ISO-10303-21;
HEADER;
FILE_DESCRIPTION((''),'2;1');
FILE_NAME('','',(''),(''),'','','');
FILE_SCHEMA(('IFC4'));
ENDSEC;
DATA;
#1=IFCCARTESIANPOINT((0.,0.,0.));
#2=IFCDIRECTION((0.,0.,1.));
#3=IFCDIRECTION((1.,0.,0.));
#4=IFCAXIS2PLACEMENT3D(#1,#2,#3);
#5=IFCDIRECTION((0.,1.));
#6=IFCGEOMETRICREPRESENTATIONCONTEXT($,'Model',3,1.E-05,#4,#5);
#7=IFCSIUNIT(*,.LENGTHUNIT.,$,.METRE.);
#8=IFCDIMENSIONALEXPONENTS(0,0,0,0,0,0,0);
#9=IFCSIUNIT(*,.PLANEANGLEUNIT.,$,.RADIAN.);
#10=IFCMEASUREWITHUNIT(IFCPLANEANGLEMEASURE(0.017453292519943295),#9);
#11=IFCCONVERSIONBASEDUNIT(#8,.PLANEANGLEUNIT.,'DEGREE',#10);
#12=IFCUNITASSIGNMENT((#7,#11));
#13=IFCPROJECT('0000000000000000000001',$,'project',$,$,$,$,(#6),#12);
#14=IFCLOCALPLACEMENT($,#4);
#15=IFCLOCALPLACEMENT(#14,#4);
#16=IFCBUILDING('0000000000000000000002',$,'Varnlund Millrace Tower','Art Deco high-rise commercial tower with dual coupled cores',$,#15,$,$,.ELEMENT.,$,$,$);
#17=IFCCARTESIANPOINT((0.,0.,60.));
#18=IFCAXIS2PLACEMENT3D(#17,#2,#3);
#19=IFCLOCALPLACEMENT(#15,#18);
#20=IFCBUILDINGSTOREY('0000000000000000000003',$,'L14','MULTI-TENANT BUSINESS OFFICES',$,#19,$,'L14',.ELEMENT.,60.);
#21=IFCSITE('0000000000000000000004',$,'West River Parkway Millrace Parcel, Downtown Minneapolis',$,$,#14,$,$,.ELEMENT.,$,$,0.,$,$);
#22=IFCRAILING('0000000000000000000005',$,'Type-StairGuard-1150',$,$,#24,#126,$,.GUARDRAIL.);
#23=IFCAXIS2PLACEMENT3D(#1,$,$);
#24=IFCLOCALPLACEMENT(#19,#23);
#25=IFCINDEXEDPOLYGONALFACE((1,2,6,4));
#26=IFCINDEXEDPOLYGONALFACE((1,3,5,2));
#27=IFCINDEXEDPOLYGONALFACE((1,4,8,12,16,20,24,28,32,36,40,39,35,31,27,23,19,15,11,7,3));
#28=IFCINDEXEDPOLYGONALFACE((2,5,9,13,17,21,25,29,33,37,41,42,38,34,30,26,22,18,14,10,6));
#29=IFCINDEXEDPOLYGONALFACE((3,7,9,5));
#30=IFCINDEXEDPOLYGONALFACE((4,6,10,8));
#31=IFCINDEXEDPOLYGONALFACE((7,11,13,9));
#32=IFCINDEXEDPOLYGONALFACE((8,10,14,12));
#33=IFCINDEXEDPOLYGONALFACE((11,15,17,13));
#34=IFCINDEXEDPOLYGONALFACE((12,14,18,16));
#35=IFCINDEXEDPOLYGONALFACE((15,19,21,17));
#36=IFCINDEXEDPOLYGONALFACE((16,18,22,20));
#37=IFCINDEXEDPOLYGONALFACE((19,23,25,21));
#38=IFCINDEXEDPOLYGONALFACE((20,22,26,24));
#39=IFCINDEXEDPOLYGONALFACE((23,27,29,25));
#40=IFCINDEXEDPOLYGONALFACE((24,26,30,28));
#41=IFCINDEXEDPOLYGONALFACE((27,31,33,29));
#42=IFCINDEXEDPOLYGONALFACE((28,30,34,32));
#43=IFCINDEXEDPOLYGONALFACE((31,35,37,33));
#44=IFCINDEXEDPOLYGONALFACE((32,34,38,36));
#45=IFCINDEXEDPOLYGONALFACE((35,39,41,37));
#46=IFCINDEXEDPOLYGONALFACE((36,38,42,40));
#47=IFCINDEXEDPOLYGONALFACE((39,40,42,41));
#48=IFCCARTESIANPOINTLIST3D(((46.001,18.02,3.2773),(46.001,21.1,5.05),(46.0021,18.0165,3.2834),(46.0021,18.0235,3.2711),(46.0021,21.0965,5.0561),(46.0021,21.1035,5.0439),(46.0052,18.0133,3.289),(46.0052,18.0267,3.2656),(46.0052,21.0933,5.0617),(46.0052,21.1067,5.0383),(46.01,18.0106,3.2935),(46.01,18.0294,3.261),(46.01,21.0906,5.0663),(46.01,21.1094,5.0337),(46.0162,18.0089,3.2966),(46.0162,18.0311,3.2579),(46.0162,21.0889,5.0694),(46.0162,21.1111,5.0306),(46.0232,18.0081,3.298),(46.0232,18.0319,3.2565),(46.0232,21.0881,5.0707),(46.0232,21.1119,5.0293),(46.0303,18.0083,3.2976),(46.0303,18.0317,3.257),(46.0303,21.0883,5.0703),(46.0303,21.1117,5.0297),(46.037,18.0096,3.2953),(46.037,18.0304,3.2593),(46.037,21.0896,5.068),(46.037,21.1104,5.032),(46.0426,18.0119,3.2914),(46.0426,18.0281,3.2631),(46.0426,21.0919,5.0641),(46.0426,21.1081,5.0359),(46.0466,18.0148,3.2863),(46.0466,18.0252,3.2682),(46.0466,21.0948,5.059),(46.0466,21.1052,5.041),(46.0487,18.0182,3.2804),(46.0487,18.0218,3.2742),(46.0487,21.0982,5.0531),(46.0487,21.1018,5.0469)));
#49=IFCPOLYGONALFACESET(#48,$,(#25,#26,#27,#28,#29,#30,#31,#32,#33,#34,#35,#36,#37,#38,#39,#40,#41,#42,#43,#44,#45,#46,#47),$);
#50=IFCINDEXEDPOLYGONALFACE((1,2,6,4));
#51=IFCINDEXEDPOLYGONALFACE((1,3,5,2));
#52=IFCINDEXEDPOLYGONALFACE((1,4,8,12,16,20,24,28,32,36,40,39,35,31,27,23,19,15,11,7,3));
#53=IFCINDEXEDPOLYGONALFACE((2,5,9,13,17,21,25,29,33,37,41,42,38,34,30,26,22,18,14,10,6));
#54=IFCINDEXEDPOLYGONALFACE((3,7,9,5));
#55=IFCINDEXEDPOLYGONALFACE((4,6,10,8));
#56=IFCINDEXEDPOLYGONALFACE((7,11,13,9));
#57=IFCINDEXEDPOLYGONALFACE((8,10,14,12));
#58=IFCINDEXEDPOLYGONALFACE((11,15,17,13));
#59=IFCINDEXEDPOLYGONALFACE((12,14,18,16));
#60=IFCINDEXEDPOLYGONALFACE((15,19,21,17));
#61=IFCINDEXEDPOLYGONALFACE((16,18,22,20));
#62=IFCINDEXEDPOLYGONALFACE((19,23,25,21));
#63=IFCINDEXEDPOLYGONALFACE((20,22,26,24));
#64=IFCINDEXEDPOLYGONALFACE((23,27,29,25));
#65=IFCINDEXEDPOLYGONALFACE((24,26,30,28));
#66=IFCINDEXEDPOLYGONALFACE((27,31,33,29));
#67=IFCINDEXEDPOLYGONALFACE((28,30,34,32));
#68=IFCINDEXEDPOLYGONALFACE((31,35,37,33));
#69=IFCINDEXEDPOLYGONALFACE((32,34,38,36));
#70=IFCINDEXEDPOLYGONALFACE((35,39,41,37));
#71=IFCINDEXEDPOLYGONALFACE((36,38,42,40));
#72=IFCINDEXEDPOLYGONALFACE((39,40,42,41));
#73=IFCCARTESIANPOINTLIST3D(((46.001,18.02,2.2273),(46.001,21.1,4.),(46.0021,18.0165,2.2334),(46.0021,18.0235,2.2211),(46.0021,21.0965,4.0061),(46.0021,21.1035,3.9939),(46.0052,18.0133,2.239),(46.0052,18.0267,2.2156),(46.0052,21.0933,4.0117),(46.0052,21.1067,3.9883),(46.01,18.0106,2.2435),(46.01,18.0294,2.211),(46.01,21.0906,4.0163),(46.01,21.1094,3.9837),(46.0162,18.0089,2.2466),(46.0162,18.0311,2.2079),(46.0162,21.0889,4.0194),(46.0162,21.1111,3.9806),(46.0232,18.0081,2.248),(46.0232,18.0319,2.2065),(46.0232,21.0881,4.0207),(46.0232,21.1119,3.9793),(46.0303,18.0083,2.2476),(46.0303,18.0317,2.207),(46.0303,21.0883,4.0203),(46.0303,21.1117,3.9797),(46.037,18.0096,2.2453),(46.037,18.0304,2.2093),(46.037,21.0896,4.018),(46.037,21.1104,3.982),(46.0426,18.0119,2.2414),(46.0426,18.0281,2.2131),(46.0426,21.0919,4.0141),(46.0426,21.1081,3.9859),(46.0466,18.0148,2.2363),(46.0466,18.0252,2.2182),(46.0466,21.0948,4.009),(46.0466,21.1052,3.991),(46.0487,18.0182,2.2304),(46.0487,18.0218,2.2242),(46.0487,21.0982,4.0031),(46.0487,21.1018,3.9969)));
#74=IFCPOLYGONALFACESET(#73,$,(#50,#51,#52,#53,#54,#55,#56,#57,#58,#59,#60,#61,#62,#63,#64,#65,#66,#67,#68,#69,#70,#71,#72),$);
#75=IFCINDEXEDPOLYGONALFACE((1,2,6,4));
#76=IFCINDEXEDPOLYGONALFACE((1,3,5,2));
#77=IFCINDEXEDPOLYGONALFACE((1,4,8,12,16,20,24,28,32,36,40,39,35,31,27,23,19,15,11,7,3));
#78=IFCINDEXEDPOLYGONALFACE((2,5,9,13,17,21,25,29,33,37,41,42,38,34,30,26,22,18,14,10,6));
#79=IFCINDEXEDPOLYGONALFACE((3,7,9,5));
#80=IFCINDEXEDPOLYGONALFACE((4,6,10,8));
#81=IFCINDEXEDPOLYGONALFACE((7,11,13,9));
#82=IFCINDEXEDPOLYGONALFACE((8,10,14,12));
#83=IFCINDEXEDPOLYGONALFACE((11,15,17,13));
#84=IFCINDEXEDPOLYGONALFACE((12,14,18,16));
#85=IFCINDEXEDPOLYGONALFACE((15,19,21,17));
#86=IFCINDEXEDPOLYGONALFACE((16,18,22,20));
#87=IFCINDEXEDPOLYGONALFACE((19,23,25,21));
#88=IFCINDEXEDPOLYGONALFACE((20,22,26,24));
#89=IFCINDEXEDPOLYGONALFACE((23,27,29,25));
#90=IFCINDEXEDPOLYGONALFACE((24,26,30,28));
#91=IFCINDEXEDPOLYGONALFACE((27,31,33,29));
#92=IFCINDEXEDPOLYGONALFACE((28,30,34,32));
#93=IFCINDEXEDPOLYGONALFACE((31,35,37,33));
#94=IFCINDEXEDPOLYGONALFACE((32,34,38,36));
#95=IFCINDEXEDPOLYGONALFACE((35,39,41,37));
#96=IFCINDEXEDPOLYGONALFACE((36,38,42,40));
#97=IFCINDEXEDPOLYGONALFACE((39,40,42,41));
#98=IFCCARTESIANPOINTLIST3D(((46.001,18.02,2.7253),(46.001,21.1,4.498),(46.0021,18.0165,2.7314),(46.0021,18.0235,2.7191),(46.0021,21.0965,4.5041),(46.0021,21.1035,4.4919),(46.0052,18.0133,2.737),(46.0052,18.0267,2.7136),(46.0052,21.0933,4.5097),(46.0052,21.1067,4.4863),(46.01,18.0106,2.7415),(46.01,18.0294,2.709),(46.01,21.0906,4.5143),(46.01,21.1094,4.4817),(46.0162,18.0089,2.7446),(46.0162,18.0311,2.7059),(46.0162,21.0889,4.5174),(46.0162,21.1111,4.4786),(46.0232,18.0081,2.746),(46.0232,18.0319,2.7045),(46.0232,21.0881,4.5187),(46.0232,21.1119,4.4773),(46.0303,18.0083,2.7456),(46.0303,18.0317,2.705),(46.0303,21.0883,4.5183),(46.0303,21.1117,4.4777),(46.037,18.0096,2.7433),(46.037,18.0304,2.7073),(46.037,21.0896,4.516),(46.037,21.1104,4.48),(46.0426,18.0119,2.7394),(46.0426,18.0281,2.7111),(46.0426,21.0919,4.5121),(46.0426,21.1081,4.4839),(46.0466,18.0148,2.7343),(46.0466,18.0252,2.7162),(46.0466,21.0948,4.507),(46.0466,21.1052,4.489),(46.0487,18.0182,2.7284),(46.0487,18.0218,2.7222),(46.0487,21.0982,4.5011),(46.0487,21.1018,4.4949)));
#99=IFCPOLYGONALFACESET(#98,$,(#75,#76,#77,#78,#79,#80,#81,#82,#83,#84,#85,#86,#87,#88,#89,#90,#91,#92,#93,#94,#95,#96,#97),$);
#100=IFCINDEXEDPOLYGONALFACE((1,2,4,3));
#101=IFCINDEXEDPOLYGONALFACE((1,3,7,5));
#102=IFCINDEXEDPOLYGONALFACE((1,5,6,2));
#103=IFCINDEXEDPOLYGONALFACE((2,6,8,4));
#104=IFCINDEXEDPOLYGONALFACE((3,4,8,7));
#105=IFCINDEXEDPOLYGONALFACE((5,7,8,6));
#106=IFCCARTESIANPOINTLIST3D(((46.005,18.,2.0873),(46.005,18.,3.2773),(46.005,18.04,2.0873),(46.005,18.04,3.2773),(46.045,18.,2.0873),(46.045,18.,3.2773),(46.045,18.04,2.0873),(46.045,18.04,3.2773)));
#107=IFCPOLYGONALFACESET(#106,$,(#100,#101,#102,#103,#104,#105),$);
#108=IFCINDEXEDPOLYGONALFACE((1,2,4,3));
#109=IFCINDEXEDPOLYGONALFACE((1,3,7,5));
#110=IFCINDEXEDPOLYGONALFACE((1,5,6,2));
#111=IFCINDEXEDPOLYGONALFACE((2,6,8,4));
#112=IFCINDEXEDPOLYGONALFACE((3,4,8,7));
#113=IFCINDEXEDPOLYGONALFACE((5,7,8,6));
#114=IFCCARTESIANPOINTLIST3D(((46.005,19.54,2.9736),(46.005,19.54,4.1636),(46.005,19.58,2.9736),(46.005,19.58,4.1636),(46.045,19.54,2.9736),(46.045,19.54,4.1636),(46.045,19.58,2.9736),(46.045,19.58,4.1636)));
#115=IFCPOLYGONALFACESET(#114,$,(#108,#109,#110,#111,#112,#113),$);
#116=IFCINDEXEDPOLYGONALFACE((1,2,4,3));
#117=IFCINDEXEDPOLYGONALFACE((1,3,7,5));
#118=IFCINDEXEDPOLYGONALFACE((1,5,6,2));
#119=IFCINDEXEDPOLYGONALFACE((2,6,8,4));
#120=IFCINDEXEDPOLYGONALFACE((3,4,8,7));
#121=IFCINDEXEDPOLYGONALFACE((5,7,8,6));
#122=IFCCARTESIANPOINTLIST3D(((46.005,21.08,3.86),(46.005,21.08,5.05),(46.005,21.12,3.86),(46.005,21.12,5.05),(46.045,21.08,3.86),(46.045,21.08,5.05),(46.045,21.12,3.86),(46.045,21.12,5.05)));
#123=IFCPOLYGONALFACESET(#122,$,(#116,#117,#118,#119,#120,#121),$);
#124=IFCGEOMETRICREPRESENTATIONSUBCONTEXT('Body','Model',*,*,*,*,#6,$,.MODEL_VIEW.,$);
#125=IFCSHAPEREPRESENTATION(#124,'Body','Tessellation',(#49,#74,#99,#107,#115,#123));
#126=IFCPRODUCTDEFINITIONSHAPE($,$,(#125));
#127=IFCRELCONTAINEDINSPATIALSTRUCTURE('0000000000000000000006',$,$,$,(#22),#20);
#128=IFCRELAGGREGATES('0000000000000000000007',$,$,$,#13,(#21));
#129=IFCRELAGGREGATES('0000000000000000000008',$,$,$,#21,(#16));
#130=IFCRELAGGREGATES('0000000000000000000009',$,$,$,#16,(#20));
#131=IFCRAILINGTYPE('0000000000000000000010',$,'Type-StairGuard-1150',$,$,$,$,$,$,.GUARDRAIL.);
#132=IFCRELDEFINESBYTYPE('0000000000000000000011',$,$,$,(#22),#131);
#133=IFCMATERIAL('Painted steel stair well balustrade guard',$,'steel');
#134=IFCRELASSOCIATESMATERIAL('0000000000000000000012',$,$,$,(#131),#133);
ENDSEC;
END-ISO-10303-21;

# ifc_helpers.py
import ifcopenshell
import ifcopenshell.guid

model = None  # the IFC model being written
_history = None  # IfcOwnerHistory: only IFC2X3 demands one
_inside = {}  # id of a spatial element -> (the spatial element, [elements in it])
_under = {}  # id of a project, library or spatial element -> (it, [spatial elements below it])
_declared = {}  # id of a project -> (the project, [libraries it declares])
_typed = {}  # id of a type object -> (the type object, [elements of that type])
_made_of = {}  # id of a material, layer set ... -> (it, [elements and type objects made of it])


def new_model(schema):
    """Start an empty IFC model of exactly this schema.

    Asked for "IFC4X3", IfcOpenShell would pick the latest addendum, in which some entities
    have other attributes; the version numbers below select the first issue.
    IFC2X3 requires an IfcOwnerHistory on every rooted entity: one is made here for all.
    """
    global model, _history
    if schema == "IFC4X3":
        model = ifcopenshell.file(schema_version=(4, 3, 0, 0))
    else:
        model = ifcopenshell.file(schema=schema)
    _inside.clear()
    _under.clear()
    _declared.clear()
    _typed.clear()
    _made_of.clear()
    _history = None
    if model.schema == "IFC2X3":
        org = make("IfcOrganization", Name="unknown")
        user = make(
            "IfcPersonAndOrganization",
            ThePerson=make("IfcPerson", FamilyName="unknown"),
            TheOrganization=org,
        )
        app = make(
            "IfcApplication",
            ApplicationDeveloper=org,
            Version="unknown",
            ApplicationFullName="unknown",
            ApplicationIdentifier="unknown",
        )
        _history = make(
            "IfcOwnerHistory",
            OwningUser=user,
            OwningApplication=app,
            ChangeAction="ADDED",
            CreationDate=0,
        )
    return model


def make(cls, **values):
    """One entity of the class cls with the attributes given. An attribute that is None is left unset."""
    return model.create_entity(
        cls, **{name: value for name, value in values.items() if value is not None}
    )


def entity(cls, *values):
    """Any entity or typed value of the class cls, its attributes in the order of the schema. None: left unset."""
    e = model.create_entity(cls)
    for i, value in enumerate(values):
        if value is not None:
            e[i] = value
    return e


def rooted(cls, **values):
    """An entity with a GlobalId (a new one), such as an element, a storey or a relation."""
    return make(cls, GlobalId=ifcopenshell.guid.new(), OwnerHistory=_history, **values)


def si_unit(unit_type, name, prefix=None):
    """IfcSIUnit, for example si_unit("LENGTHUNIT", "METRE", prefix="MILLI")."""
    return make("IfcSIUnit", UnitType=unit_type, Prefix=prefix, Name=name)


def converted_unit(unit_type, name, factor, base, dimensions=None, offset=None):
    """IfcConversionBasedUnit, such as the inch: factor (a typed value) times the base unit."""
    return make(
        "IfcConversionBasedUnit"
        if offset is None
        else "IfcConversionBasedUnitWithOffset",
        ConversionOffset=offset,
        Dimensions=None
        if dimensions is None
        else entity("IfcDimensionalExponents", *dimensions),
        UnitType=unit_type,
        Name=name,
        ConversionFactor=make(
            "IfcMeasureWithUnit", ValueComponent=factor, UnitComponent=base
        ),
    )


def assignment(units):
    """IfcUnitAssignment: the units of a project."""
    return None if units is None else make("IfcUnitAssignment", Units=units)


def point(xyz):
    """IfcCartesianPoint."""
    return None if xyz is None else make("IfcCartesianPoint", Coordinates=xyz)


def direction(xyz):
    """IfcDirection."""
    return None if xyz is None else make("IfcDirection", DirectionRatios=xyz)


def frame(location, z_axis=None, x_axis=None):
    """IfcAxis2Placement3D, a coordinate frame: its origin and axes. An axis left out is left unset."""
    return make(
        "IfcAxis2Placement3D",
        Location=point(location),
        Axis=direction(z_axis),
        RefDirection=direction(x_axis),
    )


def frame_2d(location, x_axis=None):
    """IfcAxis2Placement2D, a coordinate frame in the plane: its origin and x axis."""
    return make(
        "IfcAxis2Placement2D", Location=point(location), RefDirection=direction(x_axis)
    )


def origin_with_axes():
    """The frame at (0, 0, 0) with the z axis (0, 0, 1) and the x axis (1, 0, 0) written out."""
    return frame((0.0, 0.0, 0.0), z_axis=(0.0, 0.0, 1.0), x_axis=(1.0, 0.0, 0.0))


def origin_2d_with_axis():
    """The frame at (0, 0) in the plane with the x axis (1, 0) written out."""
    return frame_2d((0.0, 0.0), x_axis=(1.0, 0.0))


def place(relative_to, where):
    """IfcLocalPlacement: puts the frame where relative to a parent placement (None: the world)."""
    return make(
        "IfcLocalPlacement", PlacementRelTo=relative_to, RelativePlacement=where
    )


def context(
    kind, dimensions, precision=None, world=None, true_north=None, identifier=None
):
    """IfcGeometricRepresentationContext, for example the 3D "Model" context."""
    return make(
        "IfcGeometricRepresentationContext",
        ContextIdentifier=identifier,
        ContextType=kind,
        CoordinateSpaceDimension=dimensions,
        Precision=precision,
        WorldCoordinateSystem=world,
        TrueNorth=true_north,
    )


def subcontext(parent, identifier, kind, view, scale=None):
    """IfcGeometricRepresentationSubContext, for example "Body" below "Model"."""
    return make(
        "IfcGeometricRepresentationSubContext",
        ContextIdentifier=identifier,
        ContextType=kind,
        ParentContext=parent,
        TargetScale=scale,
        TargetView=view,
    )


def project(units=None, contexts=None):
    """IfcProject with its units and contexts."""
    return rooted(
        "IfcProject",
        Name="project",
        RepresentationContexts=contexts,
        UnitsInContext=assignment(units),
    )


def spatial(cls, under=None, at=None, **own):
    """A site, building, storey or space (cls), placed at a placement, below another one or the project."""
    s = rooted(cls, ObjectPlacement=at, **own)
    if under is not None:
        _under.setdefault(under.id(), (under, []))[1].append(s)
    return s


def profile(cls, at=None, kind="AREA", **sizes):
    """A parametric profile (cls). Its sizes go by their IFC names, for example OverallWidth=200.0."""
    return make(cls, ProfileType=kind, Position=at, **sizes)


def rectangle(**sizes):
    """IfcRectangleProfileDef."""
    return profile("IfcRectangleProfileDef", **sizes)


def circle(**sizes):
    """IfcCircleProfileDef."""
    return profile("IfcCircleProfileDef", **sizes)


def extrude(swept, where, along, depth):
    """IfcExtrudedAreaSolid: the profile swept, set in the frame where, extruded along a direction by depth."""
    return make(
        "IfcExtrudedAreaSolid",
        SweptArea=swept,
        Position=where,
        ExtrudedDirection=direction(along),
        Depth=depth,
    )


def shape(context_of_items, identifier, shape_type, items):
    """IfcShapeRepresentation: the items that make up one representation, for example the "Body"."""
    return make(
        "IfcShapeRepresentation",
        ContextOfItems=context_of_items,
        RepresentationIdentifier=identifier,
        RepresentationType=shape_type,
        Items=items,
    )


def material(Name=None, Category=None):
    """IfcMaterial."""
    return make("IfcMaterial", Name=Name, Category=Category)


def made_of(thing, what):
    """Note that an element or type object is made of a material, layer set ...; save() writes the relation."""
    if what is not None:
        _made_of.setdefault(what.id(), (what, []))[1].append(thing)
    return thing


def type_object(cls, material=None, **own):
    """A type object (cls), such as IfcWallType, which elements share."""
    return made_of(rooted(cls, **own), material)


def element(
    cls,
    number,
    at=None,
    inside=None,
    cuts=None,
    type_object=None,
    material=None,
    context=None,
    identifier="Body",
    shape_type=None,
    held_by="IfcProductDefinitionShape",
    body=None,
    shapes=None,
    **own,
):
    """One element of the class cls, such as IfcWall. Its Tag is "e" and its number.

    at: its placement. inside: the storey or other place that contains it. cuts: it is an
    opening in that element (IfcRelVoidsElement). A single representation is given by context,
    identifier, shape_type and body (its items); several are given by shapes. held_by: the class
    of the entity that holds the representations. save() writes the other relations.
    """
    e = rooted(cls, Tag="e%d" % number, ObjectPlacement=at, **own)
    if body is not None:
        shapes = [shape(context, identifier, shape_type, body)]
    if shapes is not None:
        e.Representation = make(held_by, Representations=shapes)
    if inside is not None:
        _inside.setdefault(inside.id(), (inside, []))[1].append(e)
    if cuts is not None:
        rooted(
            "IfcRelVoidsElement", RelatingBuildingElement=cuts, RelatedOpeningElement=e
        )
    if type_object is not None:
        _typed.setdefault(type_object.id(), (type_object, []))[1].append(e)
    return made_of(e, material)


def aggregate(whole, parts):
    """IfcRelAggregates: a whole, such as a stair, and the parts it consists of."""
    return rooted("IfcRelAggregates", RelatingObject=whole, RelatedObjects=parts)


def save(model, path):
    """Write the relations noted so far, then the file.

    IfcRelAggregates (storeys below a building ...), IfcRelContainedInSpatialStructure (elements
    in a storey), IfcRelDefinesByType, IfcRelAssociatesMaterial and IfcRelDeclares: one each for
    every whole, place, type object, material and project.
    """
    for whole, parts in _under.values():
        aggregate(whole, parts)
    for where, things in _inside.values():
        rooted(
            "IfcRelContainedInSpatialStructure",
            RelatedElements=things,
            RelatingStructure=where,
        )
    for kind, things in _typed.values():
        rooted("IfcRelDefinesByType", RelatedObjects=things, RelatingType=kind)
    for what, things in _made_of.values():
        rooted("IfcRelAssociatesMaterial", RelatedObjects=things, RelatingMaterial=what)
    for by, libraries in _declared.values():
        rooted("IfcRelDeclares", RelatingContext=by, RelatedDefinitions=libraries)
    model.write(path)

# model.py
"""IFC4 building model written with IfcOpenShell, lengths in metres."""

from ifc_helpers import new_model, entity, si_unit, converted_unit, direction, frame, origin_with_axes, origin_2d_with_axis, place, context, subcontext, project, spatial, rectangle, circle, extrude, material, type_object, element, save


model = new_model("IFC4")

# Units and contexts
model_context = context("Model", 3, precision=1e-05, world=origin_with_axes(), true_north=direction((0.0, 1.0)))
body_context = subcontext(model_context, "Body", "Model", "MODEL_VIEW")
ifc_project = project(units=[si_unit("LENGTHUNIT", "METRE"), converted_unit("PLANEANGLEUNIT", "DEGREE", entity("IfcPlaneAngleMeasure", 0.017453292519943295), si_unit("PLANEANGLEUNIT", "RADIAN"), dimensions=[0, 0, 0, 0, 0, 0, 0])], contexts=[model_context])

# Site, building, storey
site_placement = place(None, origin_with_axes())
site = spatial("IfcSite", under=ifc_project, at=site_placement, Name="West River Parkway Millrace Parcel, Downtown Minneapolis", CompositionType="ELEMENT", RefElevation=0.0)
building_placement = place(site_placement, origin_with_axes())
building = spatial("IfcBuilding", under=site, at=building_placement, Name="Varnlund Millrace Tower", Description="Art Deco high-rise commercial tower with dual coupled cores", CompositionType="ELEMENT")
storey_placement = place(building_placement, frame((0.0, 0.0, 60.0), z_axis=(0.0, 0.0, 1.0), x_axis=(1.0, 0.0, 0.0)))
storey = spatial("IfcBuildingStorey", under=building, at=storey_placement, Name="L14", Description="MULTI-TENANT BUSINESS OFFICES", LongName="L14", CompositionType="ELEMENT", Elevation=60.0)

# Railing
ifc_material_1 = material(Name="Painted steel stair well balustrade guard", Category="steel")
railing_type_1 = type_object("IfcRailingType", Name="Type-StairGuard-1150", PredefinedType="GUARDRAIL", material=ifc_material_1)
railing_1_placement = place(storey_placement, frame((0.0, 0.0, -60.0), z_axis=(0.0, 0.0, 1.0), x_axis=(1.0, 0.0, 0.0)))
element("IfcRailing", 1, at=railing_1_placement, inside=storey, type_object=railing_type_1, Name="Type-StairGuard-1150", PredefinedType="GUARDRAIL", context=body_context, shape_type="SweptSolid", body=[
    extrude(circle(Radius=0.024, at=origin_2d_with_axis()), frame((46.025, 18.02, 63.2773), z_axis=(0.0, 0.866696, 0.498836), x_axis=(-1.0, 0.0, 0.0)), (0.0, 0.0, 1.0), 3.5537),
    extrude(circle(Radius=0.024, at=origin_2d_with_axis()), frame((46.025, 18.02, 62.2273), z_axis=(0.0, 0.866696, 0.498836), x_axis=(-1.0, 0.0, 0.0)), (0.0, 0.0, 1.0), 3.5537),
    extrude(circle(Radius=0.024, at=origin_2d_with_axis()), frame((46.025, 18.02, 62.7253), z_axis=(0.0, 0.866696, 0.498836), x_axis=(-1.0, 0.0, 0.0)), (0.0, 0.0, 1.0), 3.5537),
    extrude(rectangle(XDim=0.04, YDim=0.04, at=origin_2d_with_axis()), frame((46.025, 18.02, 62.0873), z_axis=(0.0, 0.0, 1.0), x_axis=(1.0, 0.0, 0.0)), (0.0, 0.0, 1.0), 1.19),
    extrude(rectangle(XDim=0.04, YDim=0.04, at=origin_2d_with_axis()), frame((46.025, 19.56, 62.9736), z_axis=(0.0, 0.0, 1.0), x_axis=(1.0, 0.0, 0.0)), (0.0, 0.0, 1.0), 1.19),
    extrude(rectangle(XDim=0.04, YDim=0.04, at=origin_2d_with_axis()), frame((46.025, 21.1, 63.86), z_axis=(0.0, 0.0, 1.0), x_axis=(1.0, 0.0, 0.0)), (0.0, 0.0, 1.0), 1.19),
])

save(model, "model.ifc")
